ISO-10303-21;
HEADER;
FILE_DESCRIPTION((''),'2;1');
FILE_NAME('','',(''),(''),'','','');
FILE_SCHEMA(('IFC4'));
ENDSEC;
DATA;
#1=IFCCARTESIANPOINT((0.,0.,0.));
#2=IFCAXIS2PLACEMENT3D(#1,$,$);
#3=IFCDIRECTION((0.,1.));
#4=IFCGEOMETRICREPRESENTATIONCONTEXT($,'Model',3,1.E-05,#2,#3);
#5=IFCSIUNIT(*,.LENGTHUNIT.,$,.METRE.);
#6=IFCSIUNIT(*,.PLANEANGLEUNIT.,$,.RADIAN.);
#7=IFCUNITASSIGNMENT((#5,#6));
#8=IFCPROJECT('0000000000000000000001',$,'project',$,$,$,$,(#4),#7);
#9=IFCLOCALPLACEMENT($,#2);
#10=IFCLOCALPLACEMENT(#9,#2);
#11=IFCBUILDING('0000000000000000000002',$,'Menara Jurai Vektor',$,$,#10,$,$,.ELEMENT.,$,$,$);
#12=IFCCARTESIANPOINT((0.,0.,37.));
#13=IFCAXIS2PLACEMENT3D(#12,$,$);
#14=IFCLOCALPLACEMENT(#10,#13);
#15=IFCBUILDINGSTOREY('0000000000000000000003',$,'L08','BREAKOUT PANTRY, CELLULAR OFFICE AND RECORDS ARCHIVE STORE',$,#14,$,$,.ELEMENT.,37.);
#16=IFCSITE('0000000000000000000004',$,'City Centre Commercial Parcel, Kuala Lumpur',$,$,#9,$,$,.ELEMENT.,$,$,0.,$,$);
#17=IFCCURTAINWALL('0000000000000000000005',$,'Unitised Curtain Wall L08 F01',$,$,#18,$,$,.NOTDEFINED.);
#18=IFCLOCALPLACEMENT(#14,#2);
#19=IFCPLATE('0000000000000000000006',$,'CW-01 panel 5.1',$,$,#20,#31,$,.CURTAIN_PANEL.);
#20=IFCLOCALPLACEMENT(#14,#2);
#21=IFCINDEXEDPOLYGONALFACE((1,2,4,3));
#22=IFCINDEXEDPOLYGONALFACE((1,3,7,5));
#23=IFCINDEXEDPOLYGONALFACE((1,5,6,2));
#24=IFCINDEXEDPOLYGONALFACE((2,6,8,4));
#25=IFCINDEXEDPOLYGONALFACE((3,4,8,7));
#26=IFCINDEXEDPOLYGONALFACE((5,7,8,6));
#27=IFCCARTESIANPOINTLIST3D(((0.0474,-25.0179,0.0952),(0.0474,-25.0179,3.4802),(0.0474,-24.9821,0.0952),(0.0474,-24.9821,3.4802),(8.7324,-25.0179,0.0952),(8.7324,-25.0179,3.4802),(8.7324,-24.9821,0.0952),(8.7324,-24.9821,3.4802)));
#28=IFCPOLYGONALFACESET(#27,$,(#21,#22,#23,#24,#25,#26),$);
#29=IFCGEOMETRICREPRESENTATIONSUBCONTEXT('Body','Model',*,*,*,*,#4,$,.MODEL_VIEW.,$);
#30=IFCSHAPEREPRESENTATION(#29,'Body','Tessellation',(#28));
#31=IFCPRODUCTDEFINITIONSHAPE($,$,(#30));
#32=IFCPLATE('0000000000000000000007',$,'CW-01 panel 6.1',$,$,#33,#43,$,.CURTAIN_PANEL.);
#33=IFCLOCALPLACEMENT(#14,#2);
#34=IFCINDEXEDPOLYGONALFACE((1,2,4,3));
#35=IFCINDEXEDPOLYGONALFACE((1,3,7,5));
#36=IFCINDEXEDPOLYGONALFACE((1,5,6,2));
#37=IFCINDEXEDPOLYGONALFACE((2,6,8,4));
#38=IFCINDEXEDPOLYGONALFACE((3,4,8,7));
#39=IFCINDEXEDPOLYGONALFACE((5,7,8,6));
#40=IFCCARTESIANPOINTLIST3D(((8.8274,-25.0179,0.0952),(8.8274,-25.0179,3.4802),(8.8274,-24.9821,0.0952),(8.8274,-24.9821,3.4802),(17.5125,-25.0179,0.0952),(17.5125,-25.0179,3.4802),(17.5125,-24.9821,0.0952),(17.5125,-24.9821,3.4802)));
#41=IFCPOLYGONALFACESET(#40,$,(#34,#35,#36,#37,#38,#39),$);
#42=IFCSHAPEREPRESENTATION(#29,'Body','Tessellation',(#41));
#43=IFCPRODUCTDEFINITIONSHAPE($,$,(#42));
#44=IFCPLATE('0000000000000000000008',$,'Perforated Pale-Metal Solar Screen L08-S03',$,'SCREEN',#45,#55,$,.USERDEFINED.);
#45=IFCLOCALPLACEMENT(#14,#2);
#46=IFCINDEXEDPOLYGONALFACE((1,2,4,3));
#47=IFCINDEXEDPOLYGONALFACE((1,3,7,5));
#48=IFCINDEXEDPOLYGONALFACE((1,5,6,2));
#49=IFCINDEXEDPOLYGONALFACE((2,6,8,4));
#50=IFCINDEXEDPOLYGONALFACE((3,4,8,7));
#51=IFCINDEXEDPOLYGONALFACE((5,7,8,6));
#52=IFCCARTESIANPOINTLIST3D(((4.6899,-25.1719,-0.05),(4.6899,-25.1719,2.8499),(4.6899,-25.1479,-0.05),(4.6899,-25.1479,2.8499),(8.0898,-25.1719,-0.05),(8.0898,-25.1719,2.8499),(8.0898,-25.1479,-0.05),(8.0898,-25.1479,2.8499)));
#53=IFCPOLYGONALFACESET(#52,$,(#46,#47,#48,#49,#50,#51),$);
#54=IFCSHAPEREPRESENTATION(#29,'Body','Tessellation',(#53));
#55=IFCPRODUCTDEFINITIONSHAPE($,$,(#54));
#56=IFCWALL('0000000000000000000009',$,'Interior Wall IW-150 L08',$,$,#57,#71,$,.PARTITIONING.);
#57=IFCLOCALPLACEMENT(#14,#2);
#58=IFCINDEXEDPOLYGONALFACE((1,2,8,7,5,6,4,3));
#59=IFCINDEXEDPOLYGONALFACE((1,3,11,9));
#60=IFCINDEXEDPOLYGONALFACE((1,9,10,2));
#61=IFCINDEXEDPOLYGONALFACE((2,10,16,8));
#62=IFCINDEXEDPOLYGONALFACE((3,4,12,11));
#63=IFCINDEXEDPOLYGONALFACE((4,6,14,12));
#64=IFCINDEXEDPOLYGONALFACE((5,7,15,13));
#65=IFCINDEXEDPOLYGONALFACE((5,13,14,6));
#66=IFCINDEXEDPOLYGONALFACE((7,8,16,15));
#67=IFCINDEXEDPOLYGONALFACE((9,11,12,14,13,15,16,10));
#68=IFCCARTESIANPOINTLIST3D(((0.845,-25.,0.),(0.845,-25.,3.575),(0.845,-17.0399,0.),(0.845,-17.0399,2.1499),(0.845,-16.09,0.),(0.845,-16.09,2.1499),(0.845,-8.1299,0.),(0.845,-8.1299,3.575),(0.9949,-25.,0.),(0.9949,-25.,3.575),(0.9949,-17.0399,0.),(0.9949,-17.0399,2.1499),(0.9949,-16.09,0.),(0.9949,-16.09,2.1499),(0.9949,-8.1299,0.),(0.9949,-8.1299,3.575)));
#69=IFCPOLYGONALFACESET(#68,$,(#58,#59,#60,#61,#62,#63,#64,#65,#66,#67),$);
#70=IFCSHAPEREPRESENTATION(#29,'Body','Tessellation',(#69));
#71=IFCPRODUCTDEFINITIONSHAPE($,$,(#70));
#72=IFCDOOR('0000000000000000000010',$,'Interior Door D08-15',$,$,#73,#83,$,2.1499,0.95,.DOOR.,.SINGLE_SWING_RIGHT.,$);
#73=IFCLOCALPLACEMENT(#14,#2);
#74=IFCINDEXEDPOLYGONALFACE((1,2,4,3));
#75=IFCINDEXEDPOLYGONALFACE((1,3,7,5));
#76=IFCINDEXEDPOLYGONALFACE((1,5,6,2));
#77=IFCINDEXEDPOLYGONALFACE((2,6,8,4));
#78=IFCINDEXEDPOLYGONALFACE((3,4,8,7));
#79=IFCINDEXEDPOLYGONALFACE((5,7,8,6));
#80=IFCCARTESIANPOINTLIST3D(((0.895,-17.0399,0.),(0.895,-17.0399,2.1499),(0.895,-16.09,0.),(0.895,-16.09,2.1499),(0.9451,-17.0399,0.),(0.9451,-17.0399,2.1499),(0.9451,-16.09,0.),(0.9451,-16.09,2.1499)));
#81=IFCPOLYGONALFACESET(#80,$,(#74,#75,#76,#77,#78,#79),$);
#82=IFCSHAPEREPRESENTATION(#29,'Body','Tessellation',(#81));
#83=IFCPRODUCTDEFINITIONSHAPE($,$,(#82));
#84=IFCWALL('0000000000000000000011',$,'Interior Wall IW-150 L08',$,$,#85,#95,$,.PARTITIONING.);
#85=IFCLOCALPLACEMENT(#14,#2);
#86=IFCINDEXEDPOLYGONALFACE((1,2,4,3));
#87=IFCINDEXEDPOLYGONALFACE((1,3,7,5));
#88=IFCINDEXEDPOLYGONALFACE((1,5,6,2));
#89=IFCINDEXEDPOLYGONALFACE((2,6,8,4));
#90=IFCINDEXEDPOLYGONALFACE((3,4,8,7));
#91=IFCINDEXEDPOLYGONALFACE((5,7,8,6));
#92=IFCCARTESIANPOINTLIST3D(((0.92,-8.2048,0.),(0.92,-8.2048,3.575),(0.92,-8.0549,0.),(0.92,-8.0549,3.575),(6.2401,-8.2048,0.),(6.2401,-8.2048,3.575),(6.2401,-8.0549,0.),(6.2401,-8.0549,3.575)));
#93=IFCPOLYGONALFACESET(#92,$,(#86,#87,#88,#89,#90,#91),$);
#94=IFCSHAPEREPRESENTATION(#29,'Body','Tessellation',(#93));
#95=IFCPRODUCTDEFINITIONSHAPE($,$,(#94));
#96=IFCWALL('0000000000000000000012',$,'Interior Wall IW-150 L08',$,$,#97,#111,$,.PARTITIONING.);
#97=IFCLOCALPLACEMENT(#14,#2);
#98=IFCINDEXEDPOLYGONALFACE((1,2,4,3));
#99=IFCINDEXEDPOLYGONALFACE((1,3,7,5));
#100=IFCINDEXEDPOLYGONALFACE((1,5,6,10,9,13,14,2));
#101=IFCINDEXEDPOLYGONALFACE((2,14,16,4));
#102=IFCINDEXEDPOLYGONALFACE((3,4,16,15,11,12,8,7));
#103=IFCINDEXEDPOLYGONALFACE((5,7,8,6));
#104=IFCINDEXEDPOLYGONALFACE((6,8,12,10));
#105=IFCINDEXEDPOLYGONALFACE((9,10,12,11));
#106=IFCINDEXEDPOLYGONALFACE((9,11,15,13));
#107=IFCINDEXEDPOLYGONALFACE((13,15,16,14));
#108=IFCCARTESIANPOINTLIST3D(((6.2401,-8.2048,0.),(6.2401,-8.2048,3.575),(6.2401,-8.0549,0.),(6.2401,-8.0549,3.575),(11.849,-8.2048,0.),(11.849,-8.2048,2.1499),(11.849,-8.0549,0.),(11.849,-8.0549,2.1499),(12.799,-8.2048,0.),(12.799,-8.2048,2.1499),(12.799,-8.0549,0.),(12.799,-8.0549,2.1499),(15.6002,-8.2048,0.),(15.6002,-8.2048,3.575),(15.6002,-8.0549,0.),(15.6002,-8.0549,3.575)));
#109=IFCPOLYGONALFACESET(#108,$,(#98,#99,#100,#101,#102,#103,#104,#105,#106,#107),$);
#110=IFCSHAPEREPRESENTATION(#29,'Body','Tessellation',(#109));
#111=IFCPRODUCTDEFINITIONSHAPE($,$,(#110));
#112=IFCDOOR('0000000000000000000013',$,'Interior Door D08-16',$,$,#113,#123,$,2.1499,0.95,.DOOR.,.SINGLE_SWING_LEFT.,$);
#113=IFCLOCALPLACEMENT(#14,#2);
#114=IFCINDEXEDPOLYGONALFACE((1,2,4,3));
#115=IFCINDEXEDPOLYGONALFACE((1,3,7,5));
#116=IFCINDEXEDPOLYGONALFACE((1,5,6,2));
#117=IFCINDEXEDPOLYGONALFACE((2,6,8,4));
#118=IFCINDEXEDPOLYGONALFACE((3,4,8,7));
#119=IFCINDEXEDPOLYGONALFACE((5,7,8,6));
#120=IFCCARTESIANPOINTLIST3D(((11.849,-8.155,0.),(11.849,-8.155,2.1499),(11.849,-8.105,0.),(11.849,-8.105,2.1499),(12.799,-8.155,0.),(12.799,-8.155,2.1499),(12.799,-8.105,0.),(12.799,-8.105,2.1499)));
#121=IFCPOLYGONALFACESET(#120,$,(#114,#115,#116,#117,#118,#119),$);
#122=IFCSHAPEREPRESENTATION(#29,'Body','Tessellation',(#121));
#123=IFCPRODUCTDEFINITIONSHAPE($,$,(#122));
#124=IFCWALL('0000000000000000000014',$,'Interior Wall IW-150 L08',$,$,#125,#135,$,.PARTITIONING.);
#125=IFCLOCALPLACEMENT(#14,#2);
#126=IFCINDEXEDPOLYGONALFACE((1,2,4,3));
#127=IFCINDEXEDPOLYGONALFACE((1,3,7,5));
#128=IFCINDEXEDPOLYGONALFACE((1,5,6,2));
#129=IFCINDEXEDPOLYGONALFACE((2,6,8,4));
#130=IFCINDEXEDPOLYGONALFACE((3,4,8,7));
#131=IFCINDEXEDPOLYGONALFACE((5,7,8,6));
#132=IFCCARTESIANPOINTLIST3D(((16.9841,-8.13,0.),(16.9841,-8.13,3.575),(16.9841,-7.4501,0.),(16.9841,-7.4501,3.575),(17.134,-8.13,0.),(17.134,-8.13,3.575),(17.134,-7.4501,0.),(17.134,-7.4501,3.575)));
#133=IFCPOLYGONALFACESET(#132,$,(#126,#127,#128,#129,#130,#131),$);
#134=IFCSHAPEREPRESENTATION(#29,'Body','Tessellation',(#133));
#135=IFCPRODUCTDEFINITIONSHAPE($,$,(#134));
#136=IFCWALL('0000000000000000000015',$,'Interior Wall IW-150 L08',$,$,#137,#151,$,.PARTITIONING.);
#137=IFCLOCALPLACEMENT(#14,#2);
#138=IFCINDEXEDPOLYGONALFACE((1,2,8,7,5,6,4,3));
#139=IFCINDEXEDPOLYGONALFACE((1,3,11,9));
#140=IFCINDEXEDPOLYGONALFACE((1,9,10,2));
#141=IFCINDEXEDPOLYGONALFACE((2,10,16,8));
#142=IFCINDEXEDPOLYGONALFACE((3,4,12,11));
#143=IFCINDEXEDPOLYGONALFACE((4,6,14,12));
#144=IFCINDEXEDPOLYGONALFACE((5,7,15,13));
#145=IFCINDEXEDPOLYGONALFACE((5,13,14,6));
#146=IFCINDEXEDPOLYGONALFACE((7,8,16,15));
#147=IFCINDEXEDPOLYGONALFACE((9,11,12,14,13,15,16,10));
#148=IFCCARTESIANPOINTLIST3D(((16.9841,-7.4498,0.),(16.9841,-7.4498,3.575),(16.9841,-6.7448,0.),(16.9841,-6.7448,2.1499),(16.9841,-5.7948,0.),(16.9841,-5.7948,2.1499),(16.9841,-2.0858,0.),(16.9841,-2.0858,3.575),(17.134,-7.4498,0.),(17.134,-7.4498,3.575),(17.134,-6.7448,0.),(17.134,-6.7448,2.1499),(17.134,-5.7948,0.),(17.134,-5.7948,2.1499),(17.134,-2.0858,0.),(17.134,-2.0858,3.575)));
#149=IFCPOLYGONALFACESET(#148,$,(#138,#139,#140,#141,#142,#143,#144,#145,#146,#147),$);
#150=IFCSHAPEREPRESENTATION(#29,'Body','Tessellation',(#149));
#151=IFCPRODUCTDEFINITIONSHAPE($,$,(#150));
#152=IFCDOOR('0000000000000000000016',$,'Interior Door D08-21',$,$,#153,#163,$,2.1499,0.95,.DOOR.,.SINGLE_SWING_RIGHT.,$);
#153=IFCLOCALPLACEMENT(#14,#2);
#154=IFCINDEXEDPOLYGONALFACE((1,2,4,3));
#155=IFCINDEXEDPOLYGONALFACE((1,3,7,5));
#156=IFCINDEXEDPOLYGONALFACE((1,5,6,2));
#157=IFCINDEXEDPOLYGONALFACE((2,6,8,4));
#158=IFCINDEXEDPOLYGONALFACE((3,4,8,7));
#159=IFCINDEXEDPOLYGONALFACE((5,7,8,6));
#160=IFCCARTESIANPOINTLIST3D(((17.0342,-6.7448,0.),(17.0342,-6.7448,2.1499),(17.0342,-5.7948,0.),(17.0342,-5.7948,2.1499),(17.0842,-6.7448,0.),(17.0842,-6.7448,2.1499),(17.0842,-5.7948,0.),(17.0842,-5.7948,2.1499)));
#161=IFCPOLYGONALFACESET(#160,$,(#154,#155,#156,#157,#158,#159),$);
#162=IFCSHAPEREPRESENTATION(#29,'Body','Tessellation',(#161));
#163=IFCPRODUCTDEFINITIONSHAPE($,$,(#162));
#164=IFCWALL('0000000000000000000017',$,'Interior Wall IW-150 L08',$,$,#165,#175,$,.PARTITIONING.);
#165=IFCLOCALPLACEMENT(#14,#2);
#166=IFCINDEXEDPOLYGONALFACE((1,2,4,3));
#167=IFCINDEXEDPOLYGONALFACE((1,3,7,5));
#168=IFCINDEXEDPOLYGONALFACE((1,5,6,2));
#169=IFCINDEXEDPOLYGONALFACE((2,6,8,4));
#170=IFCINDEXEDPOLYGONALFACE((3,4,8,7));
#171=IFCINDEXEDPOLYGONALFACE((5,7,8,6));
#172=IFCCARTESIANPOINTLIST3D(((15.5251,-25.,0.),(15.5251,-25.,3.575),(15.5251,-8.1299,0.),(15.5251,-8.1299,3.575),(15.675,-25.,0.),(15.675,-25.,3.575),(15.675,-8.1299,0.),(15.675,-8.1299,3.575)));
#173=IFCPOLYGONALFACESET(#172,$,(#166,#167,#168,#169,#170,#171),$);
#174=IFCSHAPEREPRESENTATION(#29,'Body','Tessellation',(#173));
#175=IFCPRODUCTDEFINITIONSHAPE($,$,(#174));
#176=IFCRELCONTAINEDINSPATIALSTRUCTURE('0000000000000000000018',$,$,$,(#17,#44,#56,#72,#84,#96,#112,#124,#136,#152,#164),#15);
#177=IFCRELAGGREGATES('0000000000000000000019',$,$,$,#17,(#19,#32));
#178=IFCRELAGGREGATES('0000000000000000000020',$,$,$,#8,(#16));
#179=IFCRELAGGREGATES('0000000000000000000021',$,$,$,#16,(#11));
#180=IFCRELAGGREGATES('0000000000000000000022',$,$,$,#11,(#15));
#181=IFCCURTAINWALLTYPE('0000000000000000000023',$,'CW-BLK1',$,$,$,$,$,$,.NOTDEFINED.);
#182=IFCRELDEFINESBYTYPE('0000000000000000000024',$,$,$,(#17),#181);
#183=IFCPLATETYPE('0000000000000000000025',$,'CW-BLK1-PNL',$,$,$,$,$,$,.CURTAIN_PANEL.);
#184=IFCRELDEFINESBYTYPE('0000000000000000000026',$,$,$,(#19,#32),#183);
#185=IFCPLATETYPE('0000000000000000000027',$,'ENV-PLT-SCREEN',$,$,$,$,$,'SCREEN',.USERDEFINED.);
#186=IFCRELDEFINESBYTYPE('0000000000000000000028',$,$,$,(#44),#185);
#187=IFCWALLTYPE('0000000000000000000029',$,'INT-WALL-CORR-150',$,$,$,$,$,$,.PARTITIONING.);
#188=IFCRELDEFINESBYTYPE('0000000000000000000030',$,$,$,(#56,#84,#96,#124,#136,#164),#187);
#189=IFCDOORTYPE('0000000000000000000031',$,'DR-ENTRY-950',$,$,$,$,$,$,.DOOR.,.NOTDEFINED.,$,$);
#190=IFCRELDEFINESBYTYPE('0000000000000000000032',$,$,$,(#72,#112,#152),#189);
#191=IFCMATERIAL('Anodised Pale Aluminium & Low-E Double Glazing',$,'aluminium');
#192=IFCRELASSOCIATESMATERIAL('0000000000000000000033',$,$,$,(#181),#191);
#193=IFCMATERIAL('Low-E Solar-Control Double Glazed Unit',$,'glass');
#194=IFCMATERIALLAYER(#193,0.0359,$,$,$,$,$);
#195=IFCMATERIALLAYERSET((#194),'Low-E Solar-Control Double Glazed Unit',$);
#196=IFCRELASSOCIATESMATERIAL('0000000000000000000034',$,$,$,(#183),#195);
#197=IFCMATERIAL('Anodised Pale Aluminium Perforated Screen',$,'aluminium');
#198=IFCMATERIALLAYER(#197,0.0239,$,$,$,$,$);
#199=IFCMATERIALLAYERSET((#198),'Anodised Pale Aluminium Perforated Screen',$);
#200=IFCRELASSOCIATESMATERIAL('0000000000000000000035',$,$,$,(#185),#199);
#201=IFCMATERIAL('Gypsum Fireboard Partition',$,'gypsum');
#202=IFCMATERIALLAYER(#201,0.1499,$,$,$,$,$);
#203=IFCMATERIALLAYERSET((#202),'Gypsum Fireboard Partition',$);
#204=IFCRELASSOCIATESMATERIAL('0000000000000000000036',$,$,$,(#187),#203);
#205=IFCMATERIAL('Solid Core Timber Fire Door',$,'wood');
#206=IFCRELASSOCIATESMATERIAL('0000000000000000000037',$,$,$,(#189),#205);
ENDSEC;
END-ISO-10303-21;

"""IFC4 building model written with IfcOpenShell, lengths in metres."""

from ifc_helpers import new_model, si_unit, direction, frame, frame_2d, origin, origin_2d, place, context, subcontext, project, spatial, rectangle, extrude, material, layer, layer_set, type_object, element, fill, aggregate, save


model = new_model("IFC4")

# Units and contexts
model_context = context("Model", 3, precision=1e-05, world=origin(), true_north=direction((0.0, 1.0)))
body_context = subcontext(model_context, "Body", "Model", "MODEL_VIEW")
ifc_project = project(units=[si_unit("LENGTHUNIT", "METRE"), si_unit("PLANEANGLEUNIT", "RADIAN")], contexts=[model_context])

# Site, building, storey
site_placement = place(None, origin())
site = spatial("IfcSite", under=ifc_project, at=site_placement, Name="City Centre Commercial Parcel, Kuala Lumpur", CompositionType="ELEMENT", RefElevation=0.0)
building_placement = place(site_placement, origin())
building = spatial("IfcBuilding", under=site, at=building_placement, Name="Menara Jurai Vektor", CompositionType="ELEMENT")
storey_placement = place(building_placement, frame((0.0, 0.0, 37.0)))
storey = spatial("IfcBuildingStorey", under=building, at=storey_placement, Name="L08", Description="BREAKOUT PANTRY, CELLULAR OFFICE AND RECORDS ARCHIVE STORE", CompositionType="ELEMENT", Elevation=37.0)

# Curtain wall
ifc_material_1 = material(Name="Anodised Pale Aluminium & Low-E Double Glazing", Category="aluminium")
curtain_wall_type = type_object("IfcCurtainWallType", Name="CW-BLK1", PredefinedType="NOTDEFINED", material=ifc_material_1)
curtain_wall_placement = place(storey_placement, origin())
curtain_wall = element("IfcCurtainWall", 1, at=curtain_wall_placement, inside=storey, type_object=curtain_wall_type, Name="Unitised Curtain Wall L08 F01", PredefinedType="NOTDEFINED")

# Plates
ifc_material_2 = material(Name="Low-E Solar-Control Double Glazed Unit", Category="glass")
ifc_layer_1 = layer(ifc_material_2, 0.0359)
ifc_layer_set_1 = layer_set([ifc_layer_1], Name="Low-E Solar-Control Double Glazed Unit")
plate_type_1 = type_object("IfcPlateType", Name="CW-BLK1-PNL", PredefinedType="CURTAIN_PANEL", material=ifc_layer_set_1)
plate_1_placement = place(storey_placement, frame((4.3899, -25.0, 0.0952), z_axis=(0.0, 0.0, 1.0), x_axis=(1.0, 0.0, 0.0)))
plate_1 = element("IfcPlate", 2, at=plate_1_placement, type_object=plate_type_1, Name="CW-01 panel 5.1", PredefinedType="CURTAIN_PANEL", context=body_context, shape_type="SweptSolid", body=[
    extrude(rectangle(XDim=8.6851, YDim=0.0359, at=origin_2d()), origin(), (0.0, 0.0, 1.0), 3.385),
])
plate_2_placement = place(storey_placement, frame((13.1699, -25.0, 0.0952), z_axis=(0.0, 0.0, 1.0), x_axis=(1.0, 0.0, 0.0)))
plate_2 = element("IfcPlate", 3, at=plate_2_placement, type_object=plate_type_1, Name="CW-01 panel 6.1", PredefinedType="CURTAIN_PANEL", context=body_context, shape_type="SweptSolid", body=[
    extrude(rectangle(XDim=8.6851, YDim=0.0359, at=origin_2d()), origin(), (0.0, 0.0, 1.0), 3.385),
])
aggregate(curtain_wall, [plate_1, plate_2])
ifc_material_3 = material(Name="Anodised Pale Aluminium Perforated Screen", Category="aluminium")
ifc_layer_2 = layer(ifc_material_3, 0.0239)
ifc_layer_set_2 = layer_set([ifc_layer_2], Name="Anodised Pale Aluminium Perforated Screen")
plate_type_2 = type_object("IfcPlateType", Name="ENV-PLT-SCREEN", ElementType="SCREEN", PredefinedType="USERDEFINED", material=ifc_layer_set_2)
plate_3_placement = place(storey_placement, frame((6.3899, -25.1599, -0.05), z_axis=(0.0, 0.0, 1.0), x_axis=(1.0, 0.0, 0.0)))
element("IfcPlate", 4, at=plate_3_placement, inside=storey, type_object=plate_type_2, Name="Perforated Pale-Metal Solar Screen L08-S03", ObjectType="SCREEN", PredefinedType="USERDEFINED", context=body_context, shape_type="SweptSolid", body=[
    extrude(rectangle(XDim=3.3999, YDim=0.0239, at=origin_2d()), origin(), (0.0, 0.0, 1.0), 2.8999),
])

# Wall, opening, door
ifc_material_4 = material(Name="Gypsum Fireboard Partition", Category="gypsum")
ifc_layer_3 = layer(ifc_material_4, 0.1499)
ifc_layer_set_3 = layer_set([ifc_layer_3], Name="Gypsum Fireboard Partition")
wall_type_1 = type_object("IfcWallType", Name="INT-WALL-CORR-150", PredefinedType="PARTITIONING", material=ifc_layer_set_3)
wall_1_placement = place(storey_placement, frame((0.9199, -25.0, 0.0), z_axis=(0.0, 0.0, 1.0), x_axis=(0.0, 1.0, 0.0)))
wall_1 = element("IfcWall", 5, at=wall_1_placement, inside=storey, type_object=wall_type_1, Name="Interior Wall IW-150 L08", PredefinedType="PARTITIONING", context=body_context, shape_type="SweptSolid", body=[
    extrude(rectangle(XDim=16.8701, YDim=0.1499, at=frame_2d((8.4351, 0.0))), origin(), (0.0, 0.0, 1.0), 3.575),
])
opening_1_placement = place(wall_1_placement, frame((7.96, 0.0, 0.0)))
opening_1 = element("IfcOpeningElement", 6, at=opening_1_placement, cuts=wall_1, PredefinedType="OPENING", context=body_context, shape_type="SweptSolid", body=[
    extrude(rectangle(XDim=0.95, YDim=2.1499, at=frame_2d((0.4751, 1.075))), frame((0.0, 0.085, 0.0), z_axis=(0.0, -1.0, 0.0), x_axis=(1.0, 0.0, 0.0)), (0.0, 0.0, 1.0), 0.1699),
])
ifc_material_5 = material(Name="Solid Core Timber Fire Door", Category="wood")
door_type = type_object("IfcDoorType", Name="DR-ENTRY-950", OperationType="NOTDEFINED", PredefinedType="DOOR", material=ifc_material_5)
door_1_placement = place(opening_1_placement, origin())
door_1 = element("IfcDoor", 7, at=door_1_placement, inside=storey, type_object=door_type, Name="Interior Door D08-15", OperationType="SINGLE_SWING_RIGHT", OverallHeight=2.1499, OverallWidth=0.95, PredefinedType="DOOR", context=body_context, shape_type="SweptSolid", body=[
    extrude(rectangle(XDim=0.95, YDim=2.1499, at=frame_2d((0.4751, 1.075))), frame((0.0, 0.0249, 0.0), z_axis=(0.0, -1.0, 0.0), x_axis=(1.0, 0.0, 0.0)), (0.0, 0.0, 1.0), 0.05),
])
fill(opening_1, door_1)

# Wall
wall_2_placement = place(storey_placement, frame((0.9199, -8.1299, 0.0), z_axis=(0.0, 0.0, 1.0), x_axis=(1.0, 0.0, 0.0)))
element("IfcWall", 8, at=wall_2_placement, inside=storey, type_object=wall_type_1, Name="Interior Wall IW-150 L08", PredefinedType="PARTITIONING", context=body_context, shape_type="SweptSolid", body=[
    extrude(rectangle(XDim=5.3201, YDim=0.1499, at=frame_2d((2.6602, 0.0))), origin(), (0.0, 0.0, 1.0), 3.575),
])

# Wall, opening, door
wall_3_placement = place(storey_placement, frame((6.24, -8.1299, 0.0), z_axis=(0.0, 0.0, 1.0), x_axis=(1.0, 0.0, 0.0)))
wall_3 = element("IfcWall", 9, at=wall_3_placement, inside=storey, type_object=wall_type_1, Name="Interior Wall IW-150 L08", PredefinedType="PARTITIONING", context=body_context, shape_type="SweptSolid", body=[
    extrude(rectangle(XDim=9.3601, YDim=0.1499, at=frame_2d((4.6802, 0.0))), origin(), (0.0, 0.0, 1.0), 3.575),
])
opening_2_placement = place(wall_3_placement, frame((5.6089, 0.0, 0.0)))
opening_2 = element("IfcOpeningElement", 10, at=opening_2_placement, cuts=wall_3, PredefinedType="OPENING", context=body_context, shape_type="SweptSolid", body=[
    extrude(rectangle(XDim=0.95, YDim=2.1499, at=frame_2d((0.4751, 1.075))), frame((0.0, 0.085, 0.0), z_axis=(0.0, -1.0, 0.0), x_axis=(1.0, 0.0, 0.0)), (0.0, 0.0, 1.0), 0.1699),
])
door_2_placement = place(opening_2_placement, origin())
door_2 = element("IfcDoor", 11, at=door_2_placement, inside=storey, type_object=door_type, Name="Interior Door D08-16", OperationType="SINGLE_SWING_LEFT", OverallHeight=2.1499, OverallWidth=0.95, PredefinedType="DOOR", context=body_context, shape_type="SweptSolid", body=[
    extrude(rectangle(XDim=0.95, YDim=2.1499, at=frame_2d((0.4751, 1.075))), frame((0.0, 0.0249, 0.0), z_axis=(0.0, -1.0, 0.0), x_axis=(1.0, 0.0, 0.0)), (0.0, 0.0, 1.0), 0.05),
])
fill(opening_2, door_2)

# Wall
wall_4_placement = place(storey_placement, frame((17.0591, -8.1299, 0.0), z_axis=(0.0, 0.0, 1.0), x_axis=(0.0, 1.0, 0.0)))
element("IfcWall", 12, at=wall_4_placement, inside=storey, type_object=wall_type_1, Name="Interior Wall IW-150 L08", PredefinedType="PARTITIONING", context=body_context, shape_type="SweptSolid", body=[
    extrude(rectangle(XDim=0.6799, YDim=0.1499, at=frame_2d((0.3398, 0.0))), origin(), (0.0, 0.0, 1.0), 3.575),
])

# Wall, opening, door
wall_5_placement = place(storey_placement, frame((17.0591, -7.45, 0.0), z_axis=(0.0, 0.0, 1.0), x_axis=(0.0, 1.0, 0.0)))
wall_5 = element("IfcWall", 13, at=wall_5_placement, inside=storey, type_object=wall_type_1, Name="Interior Wall IW-150 L08", PredefinedType="PARTITIONING", context=body_context, shape_type="SweptSolid", body=[
    extrude(rectangle(XDim=5.364, YDim=0.1499, at=frame_2d((2.6821, 0.0))), origin(), (0.0, 0.0, 1.0), 3.575),
])
opening_3_placement = place(wall_5_placement, frame((0.7051, 0.0, 0.0)))
opening_3 = element("IfcOpeningElement", 14, at=opening_3_placement, cuts=wall_5, PredefinedType="OPENING", context=body_context, shape_type="SweptSolid", body=[
    extrude(rectangle(XDim=0.95, YDim=2.1499, at=frame_2d((0.4751, 1.075))), frame((0.0, 0.085, 0.0), z_axis=(0.0, -1.0, 0.0), x_axis=(1.0, 0.0, 0.0)), (0.0, 0.0, 1.0), 0.1699),
])
door_3_placement = place(opening_3_placement, origin())
door_3 = element("IfcDoor", 15, at=door_3_placement, inside=storey, type_object=door_type, Name="Interior Door D08-21", OperationType="SINGLE_SWING_RIGHT", OverallHeight=2.1499, OverallWidth=0.95, PredefinedType="DOOR", context=body_context, shape_type="SweptSolid", body=[
    extrude(rectangle(XDim=0.95, YDim=2.1499, at=frame_2d((0.4751, 1.075))), frame((0.0, 0.0249, 0.0), z_axis=(0.0, -1.0, 0.0), x_axis=(1.0, 0.0, 0.0)), (0.0, 0.0, 1.0), 0.05),
])
fill(opening_3, door_3)

# Wall
wall_6_placement = place(storey_placement, frame((15.6001, -25.0, 0.0), z_axis=(0.0, 0.0, 1.0), x_axis=(0.0, 1.0, 0.0)))
element("IfcWall", 16, at=wall_6_placement, inside=storey, type_object=wall_type_1, Name="Interior Wall IW-150 L08", PredefinedType="PARTITIONING", context=body_context, shape_type="SweptSolid", body=[
    extrude(rectangle(XDim=16.8701, YDim=0.1499, at=frame_2d((8.4351, 0.0))), origin(), (0.0, 0.0, 1.0), 3.575),
])

save(model, "model.ifc")
